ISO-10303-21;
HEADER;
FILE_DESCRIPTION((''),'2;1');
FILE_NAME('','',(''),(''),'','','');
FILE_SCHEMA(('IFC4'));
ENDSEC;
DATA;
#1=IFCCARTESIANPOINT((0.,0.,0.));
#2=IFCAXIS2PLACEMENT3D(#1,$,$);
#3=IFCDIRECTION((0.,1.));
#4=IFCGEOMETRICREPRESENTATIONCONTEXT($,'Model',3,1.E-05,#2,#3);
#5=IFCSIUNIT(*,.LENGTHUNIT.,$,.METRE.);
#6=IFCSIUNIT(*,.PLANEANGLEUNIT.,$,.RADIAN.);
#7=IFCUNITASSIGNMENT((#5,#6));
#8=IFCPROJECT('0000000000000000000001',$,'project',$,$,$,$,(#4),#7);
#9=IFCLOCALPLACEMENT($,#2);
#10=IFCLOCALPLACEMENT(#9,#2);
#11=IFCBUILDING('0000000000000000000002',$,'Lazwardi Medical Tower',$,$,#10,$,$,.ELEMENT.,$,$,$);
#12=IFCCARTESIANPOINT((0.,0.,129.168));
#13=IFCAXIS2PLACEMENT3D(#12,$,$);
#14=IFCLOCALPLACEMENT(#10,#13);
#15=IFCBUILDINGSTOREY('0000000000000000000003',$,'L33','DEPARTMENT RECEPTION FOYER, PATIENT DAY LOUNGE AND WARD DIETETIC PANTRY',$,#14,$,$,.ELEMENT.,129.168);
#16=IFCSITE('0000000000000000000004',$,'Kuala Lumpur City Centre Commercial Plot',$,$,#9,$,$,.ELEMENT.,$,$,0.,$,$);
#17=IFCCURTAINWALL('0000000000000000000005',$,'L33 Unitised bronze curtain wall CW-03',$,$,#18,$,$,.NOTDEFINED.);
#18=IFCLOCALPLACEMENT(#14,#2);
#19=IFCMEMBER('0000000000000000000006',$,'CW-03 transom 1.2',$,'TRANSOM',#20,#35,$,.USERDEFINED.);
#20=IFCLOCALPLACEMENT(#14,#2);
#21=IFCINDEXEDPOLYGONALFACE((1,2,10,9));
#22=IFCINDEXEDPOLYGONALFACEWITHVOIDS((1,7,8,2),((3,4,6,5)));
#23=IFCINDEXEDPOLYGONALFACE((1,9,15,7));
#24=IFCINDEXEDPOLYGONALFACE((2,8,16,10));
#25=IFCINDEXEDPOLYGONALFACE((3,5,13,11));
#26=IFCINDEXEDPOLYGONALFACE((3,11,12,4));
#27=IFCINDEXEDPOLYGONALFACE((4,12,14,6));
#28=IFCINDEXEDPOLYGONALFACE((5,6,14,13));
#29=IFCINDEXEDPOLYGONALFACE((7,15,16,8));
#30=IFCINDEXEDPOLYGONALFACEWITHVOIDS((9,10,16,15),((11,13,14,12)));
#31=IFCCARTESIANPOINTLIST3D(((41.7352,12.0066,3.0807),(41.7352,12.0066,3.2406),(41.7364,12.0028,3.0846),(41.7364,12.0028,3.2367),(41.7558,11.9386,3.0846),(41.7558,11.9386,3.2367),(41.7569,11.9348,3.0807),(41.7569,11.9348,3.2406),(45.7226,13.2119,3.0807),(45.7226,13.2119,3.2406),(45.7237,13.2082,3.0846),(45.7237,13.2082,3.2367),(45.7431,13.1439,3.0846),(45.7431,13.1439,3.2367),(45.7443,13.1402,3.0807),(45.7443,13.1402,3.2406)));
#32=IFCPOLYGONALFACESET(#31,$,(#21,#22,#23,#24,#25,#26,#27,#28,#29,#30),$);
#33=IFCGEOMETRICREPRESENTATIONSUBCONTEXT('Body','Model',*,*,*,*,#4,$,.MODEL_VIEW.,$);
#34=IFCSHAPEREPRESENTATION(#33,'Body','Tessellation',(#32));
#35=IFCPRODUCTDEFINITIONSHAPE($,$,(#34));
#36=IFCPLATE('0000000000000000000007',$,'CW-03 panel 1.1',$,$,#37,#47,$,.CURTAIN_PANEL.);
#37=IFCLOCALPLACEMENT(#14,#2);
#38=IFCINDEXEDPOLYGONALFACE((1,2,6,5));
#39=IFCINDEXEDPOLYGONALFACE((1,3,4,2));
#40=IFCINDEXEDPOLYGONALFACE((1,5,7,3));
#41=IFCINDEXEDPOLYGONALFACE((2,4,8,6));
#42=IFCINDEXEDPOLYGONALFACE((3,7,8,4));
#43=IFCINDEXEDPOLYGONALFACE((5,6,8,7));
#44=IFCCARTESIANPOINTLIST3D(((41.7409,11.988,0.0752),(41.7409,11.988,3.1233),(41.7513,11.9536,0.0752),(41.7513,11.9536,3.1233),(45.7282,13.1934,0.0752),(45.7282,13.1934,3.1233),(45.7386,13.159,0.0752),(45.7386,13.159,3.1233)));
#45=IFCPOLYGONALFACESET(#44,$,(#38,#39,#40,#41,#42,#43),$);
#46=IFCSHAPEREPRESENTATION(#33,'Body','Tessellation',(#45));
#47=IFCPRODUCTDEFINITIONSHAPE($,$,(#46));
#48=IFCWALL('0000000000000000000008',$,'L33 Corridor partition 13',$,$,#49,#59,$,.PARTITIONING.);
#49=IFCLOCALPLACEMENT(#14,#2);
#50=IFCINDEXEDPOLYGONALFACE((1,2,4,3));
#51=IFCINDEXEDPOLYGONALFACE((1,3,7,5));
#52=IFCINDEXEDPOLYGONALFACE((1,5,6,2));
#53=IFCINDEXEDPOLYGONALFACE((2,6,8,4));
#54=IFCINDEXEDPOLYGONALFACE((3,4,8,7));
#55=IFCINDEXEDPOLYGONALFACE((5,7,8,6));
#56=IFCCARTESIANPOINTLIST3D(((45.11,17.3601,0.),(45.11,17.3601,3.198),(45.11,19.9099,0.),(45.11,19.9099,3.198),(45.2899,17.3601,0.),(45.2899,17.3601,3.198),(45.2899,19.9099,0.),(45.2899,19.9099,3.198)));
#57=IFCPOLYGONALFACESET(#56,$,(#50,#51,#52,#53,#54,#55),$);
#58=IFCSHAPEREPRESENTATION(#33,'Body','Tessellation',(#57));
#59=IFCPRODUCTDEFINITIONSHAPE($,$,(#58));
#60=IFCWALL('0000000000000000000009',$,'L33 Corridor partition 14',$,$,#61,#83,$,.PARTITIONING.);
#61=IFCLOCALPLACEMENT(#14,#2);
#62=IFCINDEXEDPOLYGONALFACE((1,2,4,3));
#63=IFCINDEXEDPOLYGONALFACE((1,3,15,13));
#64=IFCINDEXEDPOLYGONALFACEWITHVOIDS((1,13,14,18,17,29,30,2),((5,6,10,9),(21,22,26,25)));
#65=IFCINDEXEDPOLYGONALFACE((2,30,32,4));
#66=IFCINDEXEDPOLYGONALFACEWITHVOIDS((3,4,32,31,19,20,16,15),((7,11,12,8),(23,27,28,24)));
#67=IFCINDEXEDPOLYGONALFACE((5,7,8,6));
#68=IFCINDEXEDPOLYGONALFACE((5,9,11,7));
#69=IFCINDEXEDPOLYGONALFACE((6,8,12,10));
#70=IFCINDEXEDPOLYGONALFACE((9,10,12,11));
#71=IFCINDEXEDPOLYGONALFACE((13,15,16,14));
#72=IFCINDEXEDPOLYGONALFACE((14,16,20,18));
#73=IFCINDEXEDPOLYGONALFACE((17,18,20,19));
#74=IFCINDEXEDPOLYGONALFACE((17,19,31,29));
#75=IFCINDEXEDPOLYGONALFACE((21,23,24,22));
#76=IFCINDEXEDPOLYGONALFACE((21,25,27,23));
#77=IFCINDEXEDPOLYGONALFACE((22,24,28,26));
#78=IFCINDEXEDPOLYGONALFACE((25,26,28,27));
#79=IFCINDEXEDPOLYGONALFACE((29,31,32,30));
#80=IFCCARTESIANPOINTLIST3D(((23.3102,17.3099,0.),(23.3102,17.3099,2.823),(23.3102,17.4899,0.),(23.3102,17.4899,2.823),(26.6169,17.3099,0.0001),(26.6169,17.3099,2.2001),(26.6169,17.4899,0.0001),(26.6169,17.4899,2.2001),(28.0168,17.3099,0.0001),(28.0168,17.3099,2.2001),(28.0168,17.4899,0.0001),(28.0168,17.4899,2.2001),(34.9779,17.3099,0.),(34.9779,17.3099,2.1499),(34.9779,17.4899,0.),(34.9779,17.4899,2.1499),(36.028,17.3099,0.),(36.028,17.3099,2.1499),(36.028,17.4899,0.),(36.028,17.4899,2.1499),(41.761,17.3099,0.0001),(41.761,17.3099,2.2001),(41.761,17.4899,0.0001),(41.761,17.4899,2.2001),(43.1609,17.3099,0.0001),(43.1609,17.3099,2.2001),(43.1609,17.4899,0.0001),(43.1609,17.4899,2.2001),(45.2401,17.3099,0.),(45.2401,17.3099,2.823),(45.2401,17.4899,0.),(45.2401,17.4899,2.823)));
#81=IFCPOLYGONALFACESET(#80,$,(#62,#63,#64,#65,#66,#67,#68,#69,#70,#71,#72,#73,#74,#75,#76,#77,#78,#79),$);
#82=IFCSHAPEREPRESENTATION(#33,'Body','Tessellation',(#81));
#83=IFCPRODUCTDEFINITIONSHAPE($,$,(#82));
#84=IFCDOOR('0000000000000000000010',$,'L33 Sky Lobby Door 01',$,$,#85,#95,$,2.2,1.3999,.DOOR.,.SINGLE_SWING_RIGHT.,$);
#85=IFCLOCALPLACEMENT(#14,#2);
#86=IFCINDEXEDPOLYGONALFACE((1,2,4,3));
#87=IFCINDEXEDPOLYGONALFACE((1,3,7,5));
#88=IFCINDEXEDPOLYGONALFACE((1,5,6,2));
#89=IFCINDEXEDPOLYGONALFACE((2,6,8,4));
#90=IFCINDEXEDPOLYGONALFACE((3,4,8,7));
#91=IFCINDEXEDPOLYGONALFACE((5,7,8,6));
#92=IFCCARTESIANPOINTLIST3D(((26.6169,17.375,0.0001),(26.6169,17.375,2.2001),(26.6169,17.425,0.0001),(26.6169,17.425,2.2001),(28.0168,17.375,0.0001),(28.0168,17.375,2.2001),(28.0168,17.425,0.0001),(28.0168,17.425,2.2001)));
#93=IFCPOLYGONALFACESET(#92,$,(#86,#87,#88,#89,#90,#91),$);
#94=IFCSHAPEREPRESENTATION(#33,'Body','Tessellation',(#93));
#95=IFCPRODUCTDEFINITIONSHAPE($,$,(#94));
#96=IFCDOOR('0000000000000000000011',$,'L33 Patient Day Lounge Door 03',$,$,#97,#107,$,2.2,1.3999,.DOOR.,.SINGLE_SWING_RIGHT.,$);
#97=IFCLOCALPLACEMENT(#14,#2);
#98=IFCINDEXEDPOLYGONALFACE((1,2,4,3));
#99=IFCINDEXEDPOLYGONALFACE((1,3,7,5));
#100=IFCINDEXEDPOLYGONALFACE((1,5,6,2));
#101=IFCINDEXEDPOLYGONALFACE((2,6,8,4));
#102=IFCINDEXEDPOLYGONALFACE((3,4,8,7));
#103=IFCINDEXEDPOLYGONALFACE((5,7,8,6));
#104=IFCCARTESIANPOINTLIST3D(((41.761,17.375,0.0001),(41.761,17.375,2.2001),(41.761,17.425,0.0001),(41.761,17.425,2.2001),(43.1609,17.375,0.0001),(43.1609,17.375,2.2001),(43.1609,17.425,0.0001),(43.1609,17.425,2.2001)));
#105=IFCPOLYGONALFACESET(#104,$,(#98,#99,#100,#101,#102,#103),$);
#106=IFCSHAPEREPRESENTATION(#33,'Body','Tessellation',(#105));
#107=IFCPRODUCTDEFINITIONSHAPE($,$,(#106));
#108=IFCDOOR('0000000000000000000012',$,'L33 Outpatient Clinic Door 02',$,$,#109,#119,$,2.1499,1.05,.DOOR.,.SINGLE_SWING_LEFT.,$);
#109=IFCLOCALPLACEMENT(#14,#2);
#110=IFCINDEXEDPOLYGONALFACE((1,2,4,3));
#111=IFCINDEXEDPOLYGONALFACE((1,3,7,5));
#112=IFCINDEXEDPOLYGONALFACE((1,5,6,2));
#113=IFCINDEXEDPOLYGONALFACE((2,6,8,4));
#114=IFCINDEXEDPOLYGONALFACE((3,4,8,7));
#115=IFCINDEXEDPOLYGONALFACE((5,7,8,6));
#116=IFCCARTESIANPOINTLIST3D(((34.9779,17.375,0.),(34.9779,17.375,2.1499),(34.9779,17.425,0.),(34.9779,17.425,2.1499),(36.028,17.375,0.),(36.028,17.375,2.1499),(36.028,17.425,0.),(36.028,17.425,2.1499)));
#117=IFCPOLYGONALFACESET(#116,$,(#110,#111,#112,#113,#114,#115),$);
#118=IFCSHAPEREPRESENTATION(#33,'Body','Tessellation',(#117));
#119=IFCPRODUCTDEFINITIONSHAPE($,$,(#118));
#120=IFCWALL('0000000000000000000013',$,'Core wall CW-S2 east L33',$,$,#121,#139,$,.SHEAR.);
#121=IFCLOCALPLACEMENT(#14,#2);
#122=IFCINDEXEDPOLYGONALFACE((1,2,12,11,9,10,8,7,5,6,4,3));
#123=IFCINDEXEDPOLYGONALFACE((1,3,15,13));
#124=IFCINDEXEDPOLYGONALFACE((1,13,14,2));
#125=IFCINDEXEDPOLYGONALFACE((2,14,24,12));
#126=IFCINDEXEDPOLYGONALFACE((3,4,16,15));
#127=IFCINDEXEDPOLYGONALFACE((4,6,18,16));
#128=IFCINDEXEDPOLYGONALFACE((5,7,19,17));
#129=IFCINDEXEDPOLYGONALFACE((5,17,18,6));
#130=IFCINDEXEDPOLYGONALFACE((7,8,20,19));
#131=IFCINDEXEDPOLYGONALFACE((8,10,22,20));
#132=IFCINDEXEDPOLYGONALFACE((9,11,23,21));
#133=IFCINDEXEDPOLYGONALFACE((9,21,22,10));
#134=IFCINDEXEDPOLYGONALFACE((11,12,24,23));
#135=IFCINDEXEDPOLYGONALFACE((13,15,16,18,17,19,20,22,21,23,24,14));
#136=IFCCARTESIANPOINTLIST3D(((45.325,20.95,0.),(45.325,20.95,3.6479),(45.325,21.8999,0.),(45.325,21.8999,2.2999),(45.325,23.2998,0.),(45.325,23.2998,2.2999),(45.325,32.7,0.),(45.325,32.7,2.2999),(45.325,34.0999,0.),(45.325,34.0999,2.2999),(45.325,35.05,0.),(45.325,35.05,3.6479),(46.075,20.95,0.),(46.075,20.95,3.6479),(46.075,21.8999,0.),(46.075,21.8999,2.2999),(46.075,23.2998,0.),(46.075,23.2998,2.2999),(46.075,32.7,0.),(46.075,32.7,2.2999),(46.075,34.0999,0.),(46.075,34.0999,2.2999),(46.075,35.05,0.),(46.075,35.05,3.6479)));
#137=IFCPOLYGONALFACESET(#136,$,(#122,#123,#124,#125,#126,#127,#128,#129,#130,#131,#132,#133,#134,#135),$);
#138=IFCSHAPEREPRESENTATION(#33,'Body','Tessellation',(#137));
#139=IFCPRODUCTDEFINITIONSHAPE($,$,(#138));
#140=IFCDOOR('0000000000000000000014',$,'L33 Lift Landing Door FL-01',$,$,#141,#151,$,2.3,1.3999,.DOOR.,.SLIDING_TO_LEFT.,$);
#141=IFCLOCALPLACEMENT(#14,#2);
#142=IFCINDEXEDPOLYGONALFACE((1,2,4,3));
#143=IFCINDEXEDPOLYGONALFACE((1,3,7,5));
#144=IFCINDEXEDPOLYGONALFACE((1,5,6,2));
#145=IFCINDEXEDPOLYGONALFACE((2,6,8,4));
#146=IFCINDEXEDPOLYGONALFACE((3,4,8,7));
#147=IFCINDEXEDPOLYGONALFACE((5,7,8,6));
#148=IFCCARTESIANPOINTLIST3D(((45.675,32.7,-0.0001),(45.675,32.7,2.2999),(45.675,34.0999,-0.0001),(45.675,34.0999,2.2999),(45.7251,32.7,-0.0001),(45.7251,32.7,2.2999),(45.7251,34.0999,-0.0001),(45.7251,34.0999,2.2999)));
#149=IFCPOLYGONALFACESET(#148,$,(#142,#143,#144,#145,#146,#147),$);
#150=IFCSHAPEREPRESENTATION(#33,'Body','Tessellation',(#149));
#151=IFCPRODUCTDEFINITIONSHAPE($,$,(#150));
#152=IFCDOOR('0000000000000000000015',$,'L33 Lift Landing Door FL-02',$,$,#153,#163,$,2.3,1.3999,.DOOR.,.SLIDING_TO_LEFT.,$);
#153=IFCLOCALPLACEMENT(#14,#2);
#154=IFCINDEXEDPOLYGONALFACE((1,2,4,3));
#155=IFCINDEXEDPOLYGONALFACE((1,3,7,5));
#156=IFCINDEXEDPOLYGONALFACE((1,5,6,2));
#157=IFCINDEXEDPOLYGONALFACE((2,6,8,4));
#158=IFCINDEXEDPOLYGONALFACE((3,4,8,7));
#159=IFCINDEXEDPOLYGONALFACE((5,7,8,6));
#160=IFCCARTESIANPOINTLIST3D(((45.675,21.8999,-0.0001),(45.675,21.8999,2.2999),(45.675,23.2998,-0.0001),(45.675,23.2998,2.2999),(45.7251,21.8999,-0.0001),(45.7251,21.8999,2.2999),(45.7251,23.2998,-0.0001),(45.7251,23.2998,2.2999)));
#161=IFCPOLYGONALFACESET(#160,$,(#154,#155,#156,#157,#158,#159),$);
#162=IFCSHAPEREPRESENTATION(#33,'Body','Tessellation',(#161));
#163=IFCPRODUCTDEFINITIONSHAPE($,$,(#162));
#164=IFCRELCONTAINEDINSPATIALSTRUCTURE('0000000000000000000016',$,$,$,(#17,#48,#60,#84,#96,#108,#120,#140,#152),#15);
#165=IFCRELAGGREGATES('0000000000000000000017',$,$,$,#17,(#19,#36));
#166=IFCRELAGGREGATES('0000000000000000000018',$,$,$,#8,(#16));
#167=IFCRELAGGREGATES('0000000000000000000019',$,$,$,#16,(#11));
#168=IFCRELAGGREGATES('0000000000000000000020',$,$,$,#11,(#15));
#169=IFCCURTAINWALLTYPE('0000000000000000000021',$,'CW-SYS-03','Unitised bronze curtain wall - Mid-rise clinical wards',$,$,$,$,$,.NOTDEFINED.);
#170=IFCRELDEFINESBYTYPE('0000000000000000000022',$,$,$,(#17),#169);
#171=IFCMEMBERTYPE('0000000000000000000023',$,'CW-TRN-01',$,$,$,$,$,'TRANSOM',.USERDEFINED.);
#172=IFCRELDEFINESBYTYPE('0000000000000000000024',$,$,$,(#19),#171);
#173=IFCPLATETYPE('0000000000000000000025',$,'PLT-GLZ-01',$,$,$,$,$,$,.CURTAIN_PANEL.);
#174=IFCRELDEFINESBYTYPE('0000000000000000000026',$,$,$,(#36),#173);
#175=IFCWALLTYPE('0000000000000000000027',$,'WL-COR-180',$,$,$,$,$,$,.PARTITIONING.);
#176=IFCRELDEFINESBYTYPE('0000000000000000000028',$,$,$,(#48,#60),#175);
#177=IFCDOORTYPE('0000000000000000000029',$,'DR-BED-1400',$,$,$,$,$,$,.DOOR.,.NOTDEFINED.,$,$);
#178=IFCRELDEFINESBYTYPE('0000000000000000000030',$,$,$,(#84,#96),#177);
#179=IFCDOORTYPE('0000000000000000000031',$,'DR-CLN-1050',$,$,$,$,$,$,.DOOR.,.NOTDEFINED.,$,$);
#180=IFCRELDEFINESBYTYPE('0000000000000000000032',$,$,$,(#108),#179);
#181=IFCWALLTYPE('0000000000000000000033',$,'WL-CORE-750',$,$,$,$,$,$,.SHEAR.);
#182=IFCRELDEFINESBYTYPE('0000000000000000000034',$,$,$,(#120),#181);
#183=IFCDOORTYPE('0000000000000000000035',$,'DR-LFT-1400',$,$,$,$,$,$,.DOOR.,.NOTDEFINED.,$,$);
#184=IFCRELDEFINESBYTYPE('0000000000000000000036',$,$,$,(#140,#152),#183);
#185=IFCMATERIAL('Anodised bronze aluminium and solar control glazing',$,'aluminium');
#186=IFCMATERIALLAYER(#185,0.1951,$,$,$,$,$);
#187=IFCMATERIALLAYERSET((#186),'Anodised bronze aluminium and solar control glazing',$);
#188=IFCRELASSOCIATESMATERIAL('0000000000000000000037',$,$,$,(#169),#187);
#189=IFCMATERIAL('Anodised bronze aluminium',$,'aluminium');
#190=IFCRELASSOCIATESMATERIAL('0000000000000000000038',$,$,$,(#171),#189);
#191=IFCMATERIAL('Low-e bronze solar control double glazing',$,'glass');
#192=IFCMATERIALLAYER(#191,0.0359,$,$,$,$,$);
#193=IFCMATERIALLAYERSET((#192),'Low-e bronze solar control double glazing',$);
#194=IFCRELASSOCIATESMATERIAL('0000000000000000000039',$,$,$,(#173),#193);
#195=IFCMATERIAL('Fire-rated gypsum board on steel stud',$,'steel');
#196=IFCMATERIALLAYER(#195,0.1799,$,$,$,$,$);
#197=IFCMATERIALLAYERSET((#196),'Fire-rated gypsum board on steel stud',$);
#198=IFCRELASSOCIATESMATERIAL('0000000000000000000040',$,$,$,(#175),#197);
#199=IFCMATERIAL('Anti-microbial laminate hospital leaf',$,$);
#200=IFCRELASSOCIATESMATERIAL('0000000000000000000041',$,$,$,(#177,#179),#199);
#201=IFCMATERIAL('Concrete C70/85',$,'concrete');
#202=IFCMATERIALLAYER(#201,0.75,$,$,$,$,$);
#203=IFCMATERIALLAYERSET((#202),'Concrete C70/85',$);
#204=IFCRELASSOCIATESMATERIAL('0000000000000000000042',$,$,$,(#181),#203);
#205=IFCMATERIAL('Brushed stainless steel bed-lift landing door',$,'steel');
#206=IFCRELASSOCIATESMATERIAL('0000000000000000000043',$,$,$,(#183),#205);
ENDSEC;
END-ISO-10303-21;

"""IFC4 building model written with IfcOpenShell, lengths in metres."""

from ifc_helpers import new_model, si_unit, direction, frame, frame_2d, origin, origin_2d, place, context, subcontext, project, spatial, rectangle, hollow_rectangle, extrude, material, layer, layer_set, material_profile, profile_set, type_object, element, fill, aggregate, save


model = new_model("IFC4")

# Units and contexts
model_context = context("Model", 3, precision=1e-05, world=origin(), true_north=direction((0.0, 1.0)))
body_context = subcontext(model_context, "Body", "Model", "MODEL_VIEW")
ifc_project = project(units=[si_unit("LENGTHUNIT", "METRE"), si_unit("PLANEANGLEUNIT", "RADIAN")], contexts=[model_context])

# Site, building, storey
site_placement = place(None, origin())
site = spatial("IfcSite", under=ifc_project, at=site_placement, Name="Kuala Lumpur City Centre Commercial Plot", CompositionType="ELEMENT", RefElevation=0.0)
building_placement = place(site_placement, origin())
building = spatial("IfcBuilding", under=site, at=building_placement, Name="Lazwardi Medical Tower", CompositionType="ELEMENT")
storey_placement = place(building_placement, frame((0.0, 0.0, 129.168)))
storey = spatial("IfcBuildingStorey", under=building, at=storey_placement, Name="L33", Description="DEPARTMENT RECEPTION FOYER, PATIENT DAY LOUNGE AND WARD DIETETIC PANTRY", CompositionType="ELEMENT", Elevation=129.168)

# Shared definitions
ifc_material_1 = material(Name="Concrete C70/85", Category="concrete")

# Curtain wall, member, plate
ifc_material_2 = material(Name="Anodised bronze aluminium and solar control glazing", Category="aluminium")
ifc_layer_1 = layer(ifc_material_2, 0.1951)
ifc_layer_set_1 = layer_set([ifc_layer_1], Name="Anodised bronze aluminium and solar control glazing")
curtain_wall_type = type_object("IfcCurtainWallType", Name="CW-SYS-03", Description="Unitised bronze curtain wall - Mid-rise clinical wards", PredefinedType="NOTDEFINED", material=ifc_layer_set_1)
curtain_wall_placement = place(storey_placement, origin())
curtain_wall = element("IfcCurtainWall", 1, at=curtain_wall_placement, inside=storey, type_object=curtain_wall_type, Name="L33 Unitised bronze curtain wall CW-03", PredefinedType="NOTDEFINED")
ifc_material_3 = material(Name="Anodised bronze aluminium", Category="aluminium")
ifc_material_profile_1 = material_profile(ifc_material_3, hollow_rectangle(XDim=0.075, YDim=0.1599, WallThickness=0.0039, at=origin_2d()), Name="ALU-TRANSOM 160x75x4")
ifc_profile_set_1 = profile_set([ifc_material_profile_1], Name="Anodised bronze aluminium")
member_type = type_object("IfcMemberType", Name="CW-TRN-01", ElementType="TRANSOM", PredefinedType="USERDEFINED", material=ifc_profile_set_1)
member_placement = place(storey_placement, frame((41.7461, 11.9707, 3.1606), z_axis=(0.957221, 0.289358, 0.0), x_axis=(-0.289358, 0.957221, 0.0)))
member = element("IfcMember", 2, at=member_placement, type_object=member_type, Name="CW-03 transom 1.2", ObjectType="TRANSOM", PredefinedType="USERDEFINED", context=body_context, shape_type="SweptSolid", body=[
    extrude(hollow_rectangle(XDim=0.075, YDim=0.1599, WallThickness=0.0039, at=origin_2d()), origin(), (0.0, 0.0, 1.0), 4.1655),
])
ifc_material_4 = material(Name="Low-e bronze solar control double glazing", Category="glass")
ifc_layer_2 = layer(ifc_material_4, 0.0359)
ifc_layer_set_2 = layer_set([ifc_layer_2], Name="Low-e bronze solar control double glazing")
plate_type = type_object("IfcPlateType", Name="PLT-GLZ-01", PredefinedType="CURTAIN_PANEL", material=ifc_layer_set_2)
plate_placement = place(storey_placement, frame((43.7397, 12.5735, 0.0752), z_axis=(0.0, 0.0, 1.0), x_axis=(0.957216, 0.289374, 0.0)))
plate = element("IfcPlate", 3, at=plate_placement, type_object=plate_type, Name="CW-03 panel 1.1", PredefinedType="CURTAIN_PANEL", context=body_context, shape_type="SweptSolid", body=[
    extrude(rectangle(XDim=4.1655, YDim=0.0359, at=origin_2d()), origin(), (0.0, 0.0, 1.0), 3.0481),
])
aggregate(curtain_wall, [member, plate])

# Wall
ifc_material_5 = material(Name="Fire-rated gypsum board on steel stud", Category="steel")
ifc_layer_3 = layer(ifc_material_5, 0.1799)
ifc_layer_set_3 = layer_set([ifc_layer_3], Name="Fire-rated gypsum board on steel stud")
wall_type_1 = type_object("IfcWallType", Name="WL-COR-180", PredefinedType="PARTITIONING", material=ifc_layer_set_3)
wall_1_placement = place(storey_placement, frame((45.2, 19.9099, 0.0), z_axis=(0.0, 0.0, 1.0), x_axis=(0.0, -1.0, 0.0)))
element("IfcWall", 4, at=wall_1_placement, inside=storey, type_object=wall_type_1, Name="L33 Corridor partition 13", PredefinedType="PARTITIONING", context=body_context, shape_type="SweptSolid", body=[
    extrude(rectangle(XDim=2.5498, YDim=0.1799, at=frame_2d((1.2749, 0.0))), origin(), (0.0, 0.0, 1.0), 3.198),
])

# Walls, openings, doors
wall_2_placement = place(storey_placement, frame((45.24, 17.3999, 0.0), z_axis=(0.0, 0.0, 1.0), x_axis=(-1.0, 0.0, 0.0)))
wall_2 = element("IfcWall", 5, at=wall_2_placement, inside=storey, type_object=wall_type_1, Name="L33 Corridor partition 14", PredefinedType="PARTITIONING", context=body_context, shape_type="SweptSolid", body=[
    extrude(rectangle(XDim=21.9299, YDim=0.1799, at=frame_2d((10.9648, 0.0))), origin(), (0.0, 0.0, 1.0), 2.823),
])
opening_1_placement = place(wall_2_placement, frame((17.2231, 0.0, 0.0)))
opening_1 = element("IfcOpeningElement", 6, at=opening_1_placement, cuts=wall_2, PredefinedType="OPENING", context=body_context, shape_type="SweptSolid", body=[
    extrude(rectangle(XDim=1.3999, YDim=2.2, at=frame_2d((0.7, 1.1001))), frame((0.0, 0.0999, 0.0), z_axis=(0.0, -1.0, 0.0), x_axis=(1.0, 0.0, 0.0)), (0.0, 0.0, 1.0), 0.2),
])
opening_2_placement = place(wall_2_placement, frame((9.2122, 0.0, 0.0)))
opening_2 = element("IfcOpeningElement", 7, at=opening_2_placement, cuts=wall_2, PredefinedType="OPENING", context=body_context, shape_type="SweptSolid", body=[
    extrude(rectangle(XDim=1.05, YDim=2.1499, at=frame_2d((0.5249, 1.075))), frame((0.0, 0.0999, 0.0), z_axis=(0.0, -1.0, 0.0), x_axis=(1.0, 0.0, 0.0)), (0.0, 0.0, 1.0), 0.2),
])
opening_3_placement = place(wall_2_placement, frame((2.0791, 0.0, 0.0)))
opening_3 = element("IfcOpeningElement", 8, at=opening_3_placement, cuts=wall_2, PredefinedType="OPENING", context=body_context, shape_type="SweptSolid", body=[
    extrude(rectangle(XDim=1.3999, YDim=2.2, at=frame_2d((0.7, 1.1001))), frame((0.0, 0.0999, 0.0), z_axis=(0.0, -1.0, 0.0), x_axis=(1.0, 0.0, 0.0)), (0.0, 0.0, 1.0), 0.2),
])
ifc_material_6 = material(Name="Anti-microbial laminate hospital leaf")
door_type_1 = type_object("IfcDoorType", Name="DR-BED-1400", OperationType="NOTDEFINED", PredefinedType="DOOR", material=ifc_material_6)
door_1_placement = place(opening_1_placement, origin())
door_1 = element("IfcDoor", 9, at=door_1_placement, inside=storey, type_object=door_type_1, Name="L33 Sky Lobby Door 01", OperationType="SINGLE_SWING_RIGHT", OverallHeight=2.2, OverallWidth=1.3999, PredefinedType="DOOR", context=body_context, shape_type="SweptSolid", body=[
    extrude(rectangle(XDim=1.3999, YDim=2.2, at=frame_2d((0.7, 1.1001))), frame((0.0, 0.0249, 0.0), z_axis=(0.0, -1.0, 0.0), x_axis=(1.0, 0.0, 0.0)), (0.0, 0.0, 1.0), 0.05),
])
fill(opening_1, door_1)
door_2_placement = place(opening_3_placement, origin())
door_2 = element("IfcDoor", 10, at=door_2_placement, inside=storey, type_object=door_type_1, Name="L33 Patient Day Lounge Door 03", OperationType="SINGLE_SWING_RIGHT", OverallHeight=2.2, OverallWidth=1.3999, PredefinedType="DOOR", context=body_context, shape_type="SweptSolid", body=[
    extrude(rectangle(XDim=1.3999, YDim=2.2, at=frame_2d((0.7, 1.1001))), frame((0.0, 0.0249, 0.0), z_axis=(0.0, -1.0, 0.0), x_axis=(1.0, 0.0, 0.0)), (0.0, 0.0, 1.0), 0.05),
])
fill(opening_3, door_2)
door_type_2 = type_object("IfcDoorType", Name="DR-CLN-1050", OperationType="NOTDEFINED", PredefinedType="DOOR", material=ifc_material_6)
door_3_placement = place(opening_2_placement, origin())
door_3 = element("IfcDoor", 11, at=door_3_placement, inside=storey, type_object=door_type_2, Name="L33 Outpatient Clinic Door 02", OperationType="SINGLE_SWING_LEFT", OverallHeight=2.1499, OverallWidth=1.05, PredefinedType="DOOR", context=body_context, shape_type="SweptSolid", body=[
    extrude(rectangle(XDim=1.05, YDim=2.1499, at=frame_2d((0.5249, 1.075))), frame((0.0, 0.0249, 0.0), z_axis=(0.0, -1.0, 0.0), x_axis=(1.0, 0.0, 0.0)), (0.0, 0.0, 1.0), 0.05),
])
fill(opening_2, door_3)
ifc_layer_4 = layer(ifc_material_1, 0.75)
ifc_layer_set_4 = layer_set([ifc_layer_4], Name="Concrete C70/85")
wall_type_2 = type_object("IfcWallType", Name="WL-CORE-750", PredefinedType="SHEAR", material=ifc_layer_set_4)
wall_3_placement = place(storey_placement, frame((45.7, 20.95, 0.0), z_axis=(0.0, 0.0, 1.0), x_axis=(0.0, 1.0, 0.0)))
wall_3 = element("IfcWall", 12, at=wall_3_placement, inside=storey, type_object=wall_type_2, Name="Core wall CW-S2 east L33", PredefinedType="SHEAR", context=body_context, shape_type="SweptSolid", body=[
    extrude(rectangle(XDim=14.1001, YDim=0.75, at=frame_2d((7.05, 0.0))), origin(), (0.0, 0.0, 1.0), 3.6479),
])
opening_4_placement = place(wall_3_placement, frame((11.75, 0.0, 0.0)))
opening_4 = element("IfcOpeningElement", 13, at=opening_4_placement, cuts=wall_3, PredefinedType="OPENING", context=body_context, shape_type="SweptSolid", body=[
    extrude(rectangle(XDim=1.3999, YDim=2.3, at=frame_2d((0.7, 1.1499))), frame((0.0, 0.385, 0.0), z_axis=(0.0, -1.0, 0.0), x_axis=(1.0, 0.0, 0.0)), (0.0, 0.0, 1.0), 0.77),
])
opening_5_placement = place(wall_3_placement, frame((0.95, 0.0, 0.0)))
opening_5 = element("IfcOpeningElement", 14, at=opening_5_placement, cuts=wall_3, PredefinedType="OPENING", context=body_context, shape_type="SweptSolid", body=[
    extrude(rectangle(XDim=1.3999, YDim=2.3, at=frame_2d((0.7, 1.1499))), frame((0.0, 0.385, 0.0), z_axis=(0.0, -1.0, 0.0), x_axis=(1.0, 0.0, 0.0)), (0.0, 0.0, 1.0), 0.77),
])
ifc_material_7 = material(Name="Brushed stainless steel bed-lift landing door", Category="steel")
door_type_3 = type_object("IfcDoorType", Name="DR-LFT-1400", OperationType="NOTDEFINED", PredefinedType="DOOR", material=ifc_material_7)
door_4_placement = place(opening_4_placement, origin())
door_4 = element("IfcDoor", 15, at=door_4_placement, inside=storey, type_object=door_type_3, Name="L33 Lift Landing Door FL-01", OperationType="SLIDING_TO_LEFT", OverallHeight=2.3, OverallWidth=1.3999, PredefinedType="DOOR", context=body_context, shape_type="SweptSolid", body=[
    extrude(rectangle(XDim=1.3999, YDim=2.3, at=frame_2d((0.7, 1.1499))), frame((0.0, 0.0249, 0.0), z_axis=(0.0, -1.0, 0.0), x_axis=(1.0, 0.0, 0.0)), (0.0, 0.0, 1.0), 0.05),
])
fill(opening_4, door_4)
door_5_placement = place(opening_5_placement, origin())
door_5 = element("IfcDoor", 16, at=door_5_placement, inside=storey, type_object=door_type_3, Name="L33 Lift Landing Door FL-02", OperationType="SLIDING_TO_LEFT", OverallHeight=2.3, OverallWidth=1.3999, PredefinedType="DOOR", context=body_context, shape_type="SweptSolid", body=[
    extrude(rectangle(XDim=1.3999, YDim=2.3, at=frame_2d((0.7, 1.1499))), frame((0.0, 0.0249, 0.0), z_axis=(0.0, -1.0, 0.0), x_axis=(1.0, 0.0, 0.0)), (0.0, 0.0, 1.0), 0.05),
])
fill(opening_5, door_5)

save(model, "model.ifc")
